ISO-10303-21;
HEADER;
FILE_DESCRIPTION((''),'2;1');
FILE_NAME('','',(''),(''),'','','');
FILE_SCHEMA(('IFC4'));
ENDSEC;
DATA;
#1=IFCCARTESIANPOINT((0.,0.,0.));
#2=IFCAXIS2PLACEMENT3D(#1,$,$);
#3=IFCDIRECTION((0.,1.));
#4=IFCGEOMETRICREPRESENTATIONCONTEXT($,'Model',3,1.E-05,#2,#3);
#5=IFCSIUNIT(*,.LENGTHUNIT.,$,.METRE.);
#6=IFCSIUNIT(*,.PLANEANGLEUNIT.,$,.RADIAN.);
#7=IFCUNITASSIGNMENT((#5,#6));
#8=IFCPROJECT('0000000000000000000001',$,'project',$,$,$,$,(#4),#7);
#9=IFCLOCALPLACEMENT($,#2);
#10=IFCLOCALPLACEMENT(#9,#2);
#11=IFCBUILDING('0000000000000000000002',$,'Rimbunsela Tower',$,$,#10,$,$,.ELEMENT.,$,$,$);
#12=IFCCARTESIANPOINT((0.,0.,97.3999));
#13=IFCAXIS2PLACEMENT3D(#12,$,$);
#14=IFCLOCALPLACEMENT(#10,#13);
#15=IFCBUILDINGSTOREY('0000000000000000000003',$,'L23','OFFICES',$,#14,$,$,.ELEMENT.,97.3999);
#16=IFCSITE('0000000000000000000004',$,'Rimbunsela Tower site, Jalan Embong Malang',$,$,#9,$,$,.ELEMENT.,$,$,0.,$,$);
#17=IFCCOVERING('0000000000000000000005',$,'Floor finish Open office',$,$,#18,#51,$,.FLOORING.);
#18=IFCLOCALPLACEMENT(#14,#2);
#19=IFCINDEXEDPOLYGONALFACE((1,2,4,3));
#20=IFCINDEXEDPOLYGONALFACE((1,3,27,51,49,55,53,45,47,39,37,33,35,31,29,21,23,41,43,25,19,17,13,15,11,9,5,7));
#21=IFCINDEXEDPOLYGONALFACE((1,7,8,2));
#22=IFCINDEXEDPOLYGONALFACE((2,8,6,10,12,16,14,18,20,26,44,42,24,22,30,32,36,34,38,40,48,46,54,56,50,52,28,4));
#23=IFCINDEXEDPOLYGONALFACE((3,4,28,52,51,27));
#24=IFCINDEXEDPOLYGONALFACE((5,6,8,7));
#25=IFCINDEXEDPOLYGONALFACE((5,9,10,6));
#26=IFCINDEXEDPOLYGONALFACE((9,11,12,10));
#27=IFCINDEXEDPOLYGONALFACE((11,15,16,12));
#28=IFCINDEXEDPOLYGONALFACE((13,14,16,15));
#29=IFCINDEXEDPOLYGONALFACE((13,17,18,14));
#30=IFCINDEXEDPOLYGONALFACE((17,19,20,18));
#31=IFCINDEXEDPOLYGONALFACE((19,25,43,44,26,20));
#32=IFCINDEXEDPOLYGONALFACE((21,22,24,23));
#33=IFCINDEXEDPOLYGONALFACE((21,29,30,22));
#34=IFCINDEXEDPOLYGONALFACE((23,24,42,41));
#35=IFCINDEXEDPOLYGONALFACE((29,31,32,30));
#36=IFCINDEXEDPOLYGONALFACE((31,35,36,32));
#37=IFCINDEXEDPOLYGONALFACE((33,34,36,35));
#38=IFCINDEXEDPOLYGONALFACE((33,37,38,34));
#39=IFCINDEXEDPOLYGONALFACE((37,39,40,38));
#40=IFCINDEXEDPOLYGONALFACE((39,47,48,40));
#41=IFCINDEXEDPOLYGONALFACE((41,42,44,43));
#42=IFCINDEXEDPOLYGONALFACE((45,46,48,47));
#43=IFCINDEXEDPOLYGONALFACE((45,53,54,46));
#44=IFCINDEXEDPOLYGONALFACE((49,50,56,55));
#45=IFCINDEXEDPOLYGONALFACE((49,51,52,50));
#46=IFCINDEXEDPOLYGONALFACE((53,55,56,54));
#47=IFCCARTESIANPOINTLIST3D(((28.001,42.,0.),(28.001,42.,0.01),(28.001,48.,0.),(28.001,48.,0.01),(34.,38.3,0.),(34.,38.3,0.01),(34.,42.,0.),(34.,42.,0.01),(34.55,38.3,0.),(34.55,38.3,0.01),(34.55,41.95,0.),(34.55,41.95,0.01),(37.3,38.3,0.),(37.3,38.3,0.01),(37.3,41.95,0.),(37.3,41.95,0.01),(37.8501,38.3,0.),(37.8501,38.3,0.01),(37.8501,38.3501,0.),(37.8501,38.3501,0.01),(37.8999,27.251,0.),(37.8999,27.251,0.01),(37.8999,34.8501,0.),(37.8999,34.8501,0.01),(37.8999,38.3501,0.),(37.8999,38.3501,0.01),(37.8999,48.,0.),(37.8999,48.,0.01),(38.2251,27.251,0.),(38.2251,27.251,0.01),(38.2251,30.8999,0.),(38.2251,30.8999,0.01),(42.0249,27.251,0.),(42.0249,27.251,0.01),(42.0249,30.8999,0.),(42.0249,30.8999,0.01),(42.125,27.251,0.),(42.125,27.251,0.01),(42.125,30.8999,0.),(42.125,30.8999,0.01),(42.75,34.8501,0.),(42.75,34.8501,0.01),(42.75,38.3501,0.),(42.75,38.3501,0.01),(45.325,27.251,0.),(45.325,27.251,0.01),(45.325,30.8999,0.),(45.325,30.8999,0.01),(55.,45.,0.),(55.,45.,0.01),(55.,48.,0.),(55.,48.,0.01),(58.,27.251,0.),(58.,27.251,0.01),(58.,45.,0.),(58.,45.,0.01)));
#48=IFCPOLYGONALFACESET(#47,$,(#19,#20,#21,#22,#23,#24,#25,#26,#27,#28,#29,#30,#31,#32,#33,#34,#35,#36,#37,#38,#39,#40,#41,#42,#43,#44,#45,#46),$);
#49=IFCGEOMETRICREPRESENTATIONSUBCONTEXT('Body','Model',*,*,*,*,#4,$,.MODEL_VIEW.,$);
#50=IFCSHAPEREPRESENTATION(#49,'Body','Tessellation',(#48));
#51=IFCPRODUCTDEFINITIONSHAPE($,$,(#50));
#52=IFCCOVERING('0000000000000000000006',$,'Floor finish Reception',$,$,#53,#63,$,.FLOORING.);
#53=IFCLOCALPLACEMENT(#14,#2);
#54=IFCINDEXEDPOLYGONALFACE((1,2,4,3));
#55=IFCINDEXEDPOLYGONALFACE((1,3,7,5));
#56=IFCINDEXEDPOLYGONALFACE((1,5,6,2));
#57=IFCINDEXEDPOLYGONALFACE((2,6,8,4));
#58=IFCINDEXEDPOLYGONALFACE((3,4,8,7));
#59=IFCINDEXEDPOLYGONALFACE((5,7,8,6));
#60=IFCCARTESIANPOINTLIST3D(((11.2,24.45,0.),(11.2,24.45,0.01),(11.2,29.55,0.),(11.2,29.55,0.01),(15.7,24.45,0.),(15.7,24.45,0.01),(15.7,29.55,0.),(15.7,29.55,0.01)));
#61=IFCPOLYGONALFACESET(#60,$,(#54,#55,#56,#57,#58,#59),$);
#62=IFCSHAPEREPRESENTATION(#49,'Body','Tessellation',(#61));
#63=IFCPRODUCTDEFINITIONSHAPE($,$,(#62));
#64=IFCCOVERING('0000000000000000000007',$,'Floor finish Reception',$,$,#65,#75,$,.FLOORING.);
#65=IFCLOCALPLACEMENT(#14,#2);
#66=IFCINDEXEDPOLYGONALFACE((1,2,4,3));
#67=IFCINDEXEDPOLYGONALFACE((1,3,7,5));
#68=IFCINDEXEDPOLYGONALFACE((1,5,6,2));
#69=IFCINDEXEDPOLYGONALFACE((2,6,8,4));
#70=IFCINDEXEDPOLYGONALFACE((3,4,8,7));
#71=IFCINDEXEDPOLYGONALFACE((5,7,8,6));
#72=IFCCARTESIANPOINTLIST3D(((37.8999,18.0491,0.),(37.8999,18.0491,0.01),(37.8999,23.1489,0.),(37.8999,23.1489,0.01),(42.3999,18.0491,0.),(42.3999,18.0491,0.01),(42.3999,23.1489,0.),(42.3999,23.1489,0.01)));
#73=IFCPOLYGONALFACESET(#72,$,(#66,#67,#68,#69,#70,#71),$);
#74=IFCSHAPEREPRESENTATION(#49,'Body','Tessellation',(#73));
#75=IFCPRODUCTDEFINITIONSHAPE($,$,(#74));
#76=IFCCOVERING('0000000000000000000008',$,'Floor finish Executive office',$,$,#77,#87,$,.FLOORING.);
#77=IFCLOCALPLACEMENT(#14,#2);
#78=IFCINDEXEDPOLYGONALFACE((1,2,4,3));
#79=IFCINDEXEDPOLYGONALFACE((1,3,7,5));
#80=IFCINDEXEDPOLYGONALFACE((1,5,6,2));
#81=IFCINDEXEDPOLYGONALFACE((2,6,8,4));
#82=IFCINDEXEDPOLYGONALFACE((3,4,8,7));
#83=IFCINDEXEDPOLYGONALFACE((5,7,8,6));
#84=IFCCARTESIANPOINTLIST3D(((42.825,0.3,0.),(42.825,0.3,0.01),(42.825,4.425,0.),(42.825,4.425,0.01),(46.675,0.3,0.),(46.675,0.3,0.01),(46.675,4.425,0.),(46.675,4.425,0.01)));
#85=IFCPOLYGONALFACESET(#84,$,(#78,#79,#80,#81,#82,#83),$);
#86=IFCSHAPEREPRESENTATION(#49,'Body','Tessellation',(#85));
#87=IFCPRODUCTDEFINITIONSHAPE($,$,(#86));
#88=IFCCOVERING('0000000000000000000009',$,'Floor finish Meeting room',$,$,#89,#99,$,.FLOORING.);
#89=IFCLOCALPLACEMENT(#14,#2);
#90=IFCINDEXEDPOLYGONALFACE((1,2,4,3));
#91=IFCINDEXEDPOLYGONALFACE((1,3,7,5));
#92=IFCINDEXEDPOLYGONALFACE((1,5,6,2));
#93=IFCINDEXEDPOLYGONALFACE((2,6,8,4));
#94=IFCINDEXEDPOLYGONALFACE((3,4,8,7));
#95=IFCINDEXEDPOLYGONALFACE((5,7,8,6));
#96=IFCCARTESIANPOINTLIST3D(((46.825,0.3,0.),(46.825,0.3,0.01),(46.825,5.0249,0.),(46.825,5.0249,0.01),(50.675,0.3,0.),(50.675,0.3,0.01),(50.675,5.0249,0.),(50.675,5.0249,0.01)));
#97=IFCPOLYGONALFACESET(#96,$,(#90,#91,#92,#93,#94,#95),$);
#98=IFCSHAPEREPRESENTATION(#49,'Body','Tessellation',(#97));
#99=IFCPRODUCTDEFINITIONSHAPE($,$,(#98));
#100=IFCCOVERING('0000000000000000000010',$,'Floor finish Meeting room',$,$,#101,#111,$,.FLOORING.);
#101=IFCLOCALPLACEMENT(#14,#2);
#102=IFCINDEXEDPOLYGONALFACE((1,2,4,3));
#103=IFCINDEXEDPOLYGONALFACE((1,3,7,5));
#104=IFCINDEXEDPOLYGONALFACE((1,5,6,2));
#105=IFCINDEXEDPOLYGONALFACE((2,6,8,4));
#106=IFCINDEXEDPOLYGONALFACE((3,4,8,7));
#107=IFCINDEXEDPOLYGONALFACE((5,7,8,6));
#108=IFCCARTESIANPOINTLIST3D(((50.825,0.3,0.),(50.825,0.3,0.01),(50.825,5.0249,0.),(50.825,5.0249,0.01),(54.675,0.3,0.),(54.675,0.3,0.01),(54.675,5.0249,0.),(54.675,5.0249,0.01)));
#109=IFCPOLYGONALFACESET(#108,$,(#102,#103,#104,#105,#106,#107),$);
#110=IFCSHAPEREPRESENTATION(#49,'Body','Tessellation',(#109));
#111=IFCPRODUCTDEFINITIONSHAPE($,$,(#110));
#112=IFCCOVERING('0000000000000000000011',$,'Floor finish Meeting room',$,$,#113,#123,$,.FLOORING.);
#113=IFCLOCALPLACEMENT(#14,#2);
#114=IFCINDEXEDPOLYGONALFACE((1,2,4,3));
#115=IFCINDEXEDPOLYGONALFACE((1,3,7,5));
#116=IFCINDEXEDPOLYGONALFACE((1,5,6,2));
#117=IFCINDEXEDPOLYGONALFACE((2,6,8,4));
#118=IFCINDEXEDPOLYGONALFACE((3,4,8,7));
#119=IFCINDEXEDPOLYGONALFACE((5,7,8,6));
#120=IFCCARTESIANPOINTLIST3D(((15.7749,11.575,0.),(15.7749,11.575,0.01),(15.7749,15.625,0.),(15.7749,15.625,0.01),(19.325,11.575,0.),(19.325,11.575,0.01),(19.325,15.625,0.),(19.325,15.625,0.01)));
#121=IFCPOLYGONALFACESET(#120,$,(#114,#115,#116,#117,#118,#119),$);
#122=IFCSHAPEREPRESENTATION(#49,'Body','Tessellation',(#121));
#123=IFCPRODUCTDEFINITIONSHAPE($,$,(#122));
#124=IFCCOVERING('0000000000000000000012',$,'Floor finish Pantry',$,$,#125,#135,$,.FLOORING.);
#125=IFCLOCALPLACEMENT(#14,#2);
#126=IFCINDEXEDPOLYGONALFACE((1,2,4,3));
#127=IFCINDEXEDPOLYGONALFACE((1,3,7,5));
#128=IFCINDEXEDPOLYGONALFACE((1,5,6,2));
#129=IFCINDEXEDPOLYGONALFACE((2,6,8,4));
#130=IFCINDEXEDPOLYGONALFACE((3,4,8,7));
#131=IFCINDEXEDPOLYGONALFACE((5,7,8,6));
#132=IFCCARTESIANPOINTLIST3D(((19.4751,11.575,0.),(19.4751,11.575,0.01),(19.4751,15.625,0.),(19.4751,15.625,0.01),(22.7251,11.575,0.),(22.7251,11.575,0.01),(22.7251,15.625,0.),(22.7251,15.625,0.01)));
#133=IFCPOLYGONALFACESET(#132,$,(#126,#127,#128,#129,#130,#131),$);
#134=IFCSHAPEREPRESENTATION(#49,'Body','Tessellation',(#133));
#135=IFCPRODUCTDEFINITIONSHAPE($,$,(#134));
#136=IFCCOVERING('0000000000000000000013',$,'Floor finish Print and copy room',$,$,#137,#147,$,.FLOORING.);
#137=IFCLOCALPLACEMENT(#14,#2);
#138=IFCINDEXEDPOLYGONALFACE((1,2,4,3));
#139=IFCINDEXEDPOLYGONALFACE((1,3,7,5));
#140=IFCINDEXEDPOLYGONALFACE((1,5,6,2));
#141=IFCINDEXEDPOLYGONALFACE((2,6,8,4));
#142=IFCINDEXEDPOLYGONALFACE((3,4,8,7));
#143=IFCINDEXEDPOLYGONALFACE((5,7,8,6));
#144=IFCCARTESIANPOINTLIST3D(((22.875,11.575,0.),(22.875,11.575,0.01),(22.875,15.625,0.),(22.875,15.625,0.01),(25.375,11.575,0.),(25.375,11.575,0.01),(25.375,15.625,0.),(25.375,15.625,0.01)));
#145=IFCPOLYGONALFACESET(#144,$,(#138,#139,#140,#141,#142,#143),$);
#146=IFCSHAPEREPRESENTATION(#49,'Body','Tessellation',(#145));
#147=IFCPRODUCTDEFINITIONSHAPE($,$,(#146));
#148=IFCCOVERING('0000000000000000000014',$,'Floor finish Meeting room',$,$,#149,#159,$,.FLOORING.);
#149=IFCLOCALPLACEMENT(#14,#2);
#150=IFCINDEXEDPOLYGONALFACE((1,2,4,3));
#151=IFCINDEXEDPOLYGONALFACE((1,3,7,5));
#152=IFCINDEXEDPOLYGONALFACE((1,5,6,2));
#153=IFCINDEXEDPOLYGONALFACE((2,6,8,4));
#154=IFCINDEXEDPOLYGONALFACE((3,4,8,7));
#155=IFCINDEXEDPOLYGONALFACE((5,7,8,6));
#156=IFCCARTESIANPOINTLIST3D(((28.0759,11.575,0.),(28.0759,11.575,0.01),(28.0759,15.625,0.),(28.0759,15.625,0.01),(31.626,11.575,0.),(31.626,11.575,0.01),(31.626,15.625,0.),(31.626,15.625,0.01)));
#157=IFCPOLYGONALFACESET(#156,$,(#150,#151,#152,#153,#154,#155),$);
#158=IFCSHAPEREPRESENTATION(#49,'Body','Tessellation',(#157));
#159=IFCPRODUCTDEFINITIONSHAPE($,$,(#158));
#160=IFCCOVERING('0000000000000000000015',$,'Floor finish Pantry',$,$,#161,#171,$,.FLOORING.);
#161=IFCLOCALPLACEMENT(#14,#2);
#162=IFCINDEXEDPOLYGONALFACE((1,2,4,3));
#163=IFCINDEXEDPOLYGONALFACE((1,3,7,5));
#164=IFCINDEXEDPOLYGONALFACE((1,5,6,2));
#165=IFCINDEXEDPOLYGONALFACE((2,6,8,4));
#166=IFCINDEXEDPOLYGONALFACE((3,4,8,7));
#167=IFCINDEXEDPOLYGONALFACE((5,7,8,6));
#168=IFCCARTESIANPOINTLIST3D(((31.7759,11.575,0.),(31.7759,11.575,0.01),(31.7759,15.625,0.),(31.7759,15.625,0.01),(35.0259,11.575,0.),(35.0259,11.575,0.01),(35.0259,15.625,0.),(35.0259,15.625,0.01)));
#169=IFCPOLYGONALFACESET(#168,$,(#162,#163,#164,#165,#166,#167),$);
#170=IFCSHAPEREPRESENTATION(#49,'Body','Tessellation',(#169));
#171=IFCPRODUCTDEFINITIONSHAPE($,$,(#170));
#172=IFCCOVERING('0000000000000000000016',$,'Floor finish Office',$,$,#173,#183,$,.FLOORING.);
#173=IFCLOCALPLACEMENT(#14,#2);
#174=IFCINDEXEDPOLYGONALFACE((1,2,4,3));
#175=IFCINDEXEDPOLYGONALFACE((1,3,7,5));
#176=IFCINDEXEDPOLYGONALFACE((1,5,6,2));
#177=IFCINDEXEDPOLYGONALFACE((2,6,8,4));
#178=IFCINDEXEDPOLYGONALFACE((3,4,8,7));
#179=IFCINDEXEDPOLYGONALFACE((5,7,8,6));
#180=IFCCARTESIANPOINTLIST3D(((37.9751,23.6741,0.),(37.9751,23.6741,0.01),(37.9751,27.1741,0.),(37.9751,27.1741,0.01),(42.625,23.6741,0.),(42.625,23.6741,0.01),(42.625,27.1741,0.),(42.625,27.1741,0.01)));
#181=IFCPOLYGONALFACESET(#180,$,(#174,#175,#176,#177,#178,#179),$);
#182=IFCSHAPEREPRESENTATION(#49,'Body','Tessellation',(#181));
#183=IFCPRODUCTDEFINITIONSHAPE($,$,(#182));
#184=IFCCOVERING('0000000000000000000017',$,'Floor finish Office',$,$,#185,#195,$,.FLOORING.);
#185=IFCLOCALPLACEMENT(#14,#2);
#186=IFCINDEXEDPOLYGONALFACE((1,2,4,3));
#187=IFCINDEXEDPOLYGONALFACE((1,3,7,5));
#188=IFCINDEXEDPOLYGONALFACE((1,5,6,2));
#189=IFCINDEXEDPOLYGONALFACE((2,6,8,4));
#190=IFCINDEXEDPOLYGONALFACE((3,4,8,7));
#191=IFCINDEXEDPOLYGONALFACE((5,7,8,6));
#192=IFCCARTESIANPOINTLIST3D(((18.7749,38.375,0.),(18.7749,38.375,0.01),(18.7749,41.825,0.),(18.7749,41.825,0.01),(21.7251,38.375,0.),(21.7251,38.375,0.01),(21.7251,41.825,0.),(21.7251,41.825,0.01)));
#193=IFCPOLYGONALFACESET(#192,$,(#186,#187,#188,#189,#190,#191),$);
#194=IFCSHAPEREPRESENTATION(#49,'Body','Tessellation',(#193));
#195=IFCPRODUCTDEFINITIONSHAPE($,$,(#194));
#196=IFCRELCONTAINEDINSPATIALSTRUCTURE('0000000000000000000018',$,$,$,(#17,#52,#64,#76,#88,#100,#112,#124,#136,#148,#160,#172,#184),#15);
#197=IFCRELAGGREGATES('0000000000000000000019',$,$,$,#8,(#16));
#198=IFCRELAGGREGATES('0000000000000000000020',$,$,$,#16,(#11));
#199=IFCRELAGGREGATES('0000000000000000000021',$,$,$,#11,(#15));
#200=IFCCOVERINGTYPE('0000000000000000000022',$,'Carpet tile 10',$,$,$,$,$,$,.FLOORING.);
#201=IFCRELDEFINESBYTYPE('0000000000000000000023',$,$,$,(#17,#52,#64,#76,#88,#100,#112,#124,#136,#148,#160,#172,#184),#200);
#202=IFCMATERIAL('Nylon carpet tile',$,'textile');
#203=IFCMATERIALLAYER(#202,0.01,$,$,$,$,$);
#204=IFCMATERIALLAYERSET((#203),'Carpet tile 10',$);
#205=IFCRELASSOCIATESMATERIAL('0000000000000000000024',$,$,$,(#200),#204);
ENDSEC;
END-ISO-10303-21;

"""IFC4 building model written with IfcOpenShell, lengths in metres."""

from ifc_helpers import new_model, si_unit, direction, frame, origin, place, context, subcontext, project, spatial, polyline, outline, extrude, material, layer, layer_set, type_object, element, save


model = new_model("IFC4")

# Units and contexts
model_context = context("Model", 3, precision=1e-05, world=origin(), true_north=direction((0.0, 1.0)))
body_context = subcontext(model_context, "Body", "Model", "MODEL_VIEW")
ifc_project = project(units=[si_unit("LENGTHUNIT", "METRE"), si_unit("PLANEANGLEUNIT", "RADIAN")], contexts=[model_context])

# Site, building, storey
site_placement = place(None, origin())
site = spatial("IfcSite", under=ifc_project, at=site_placement, Name="Rimbunsela Tower site, Jalan Embong Malang", CompositionType="ELEMENT", RefElevation=0.0)
building_placement = place(site_placement, origin())
building = spatial("IfcBuilding", under=site, at=building_placement, Name="Rimbunsela Tower", CompositionType="ELEMENT")
storey_placement = place(building_placement, frame((0.0, 0.0, 97.3999)))
storey = spatial("IfcBuildingStorey", under=building, at=storey_placement, Name="L23", Description="OFFICES", CompositionType="ELEMENT", Elevation=97.3999)

# Coverings
ifc_material_1 = material(Name="Nylon carpet tile", Category="textile")
ifc_layer_1 = layer(ifc_material_1, 0.01)
ifc_layer_set_1 = layer_set([ifc_layer_1], Name="Carpet tile 10")
covering_type_1 = type_object("IfcCoveringType", Name="Carpet tile 10", PredefinedType="FLOORING", material=ifc_layer_set_1)
covering_1_placement = place(storey_placement, origin())
element("IfcCovering", 1, at=covering_1_placement, inside=storey, type_object=covering_type_1, Name="Floor finish Open office", PredefinedType="FLOORING", context=body_context, shape_type="SweptSolid", body=[
    extrude(outline(polyline([(58.0, 27.251), (45.325, 27.251), (45.325, 30.8999), (42.125, 30.8999), (42.125, 27.251), (42.0249, 27.251), (42.0249, 30.8999), (38.2251, 30.8999), (38.2251, 27.251), (37.8999, 27.251), (37.8999, 34.8501), (42.75, 34.8501), (42.75, 38.3501), (37.8999, 38.3501), (37.8501, 38.3501), (37.8501, 38.3), (37.3, 38.3), (37.3, 41.95), (34.55, 41.95), (34.55, 38.3), (34.0, 38.3), (34.0, 42.0), (28.001, 42.0), (28.001, 48.0), (37.8999, 48.0), (55.0, 48.0), (55.0, 45.0), (58.0, 45.0), (58.0, 27.251)])), origin(), (0.0, 0.0, 1.0), 0.01),
])
covering_2_placement = place(storey_placement, origin())
element("IfcCovering", 2, at=covering_2_placement, inside=storey, type_object=covering_type_1, Name="Floor finish Reception", PredefinedType="FLOORING", context=body_context, shape_type="SweptSolid", body=[
    extrude(outline(polyline([(15.7, 24.45), (15.7, 29.55), (11.2, 29.55), (11.2, 24.45), (15.7, 24.45)])), origin(), (0.0, 0.0, 1.0), 0.01),
])
covering_3_placement = place(storey_placement, origin())
element("IfcCovering", 3, at=covering_3_placement, inside=storey, type_object=covering_type_1, Name="Floor finish Reception", PredefinedType="FLOORING", context=body_context, shape_type="SweptSolid", body=[
    extrude(outline(polyline([(42.3999, 18.0491), (42.3999, 23.1489), (37.8999, 23.1489), (37.8999, 18.0491), (42.3999, 18.0491)])), origin(), (0.0, 0.0, 1.0), 0.01),
])
covering_4_placement = place(storey_placement, origin())
element("IfcCovering", 4, at=covering_4_placement, inside=storey, type_object=covering_type_1, Name="Floor finish Executive office", PredefinedType="FLOORING", context=body_context, shape_type="SweptSolid", body=[
    extrude(outline(polyline([(46.675, 0.3), (46.675, 4.425), (42.825, 4.425), (42.825, 0.3), (46.675, 0.3)])), origin(), (0.0, 0.0, 1.0), 0.01),
])
covering_5_placement = place(storey_placement, origin())
element("IfcCovering", 5, at=covering_5_placement, inside=storey, type_object=covering_type_1, Name="Floor finish Meeting room", PredefinedType="FLOORING", context=body_context, shape_type="SweptSolid", body=[
    extrude(outline(polyline([(50.675, 0.3), (50.675, 5.0249), (46.825, 5.0249), (46.825, 0.3), (50.675, 0.3)])), origin(), (0.0, 0.0, 1.0), 0.01),
])
covering_6_placement = place(storey_placement, origin())
element("IfcCovering", 6, at=covering_6_placement, inside=storey, type_object=covering_type_1, Name="Floor finish Meeting room", PredefinedType="FLOORING", context=body_context, shape_type="SweptSolid", body=[
    extrude(outline(polyline([(54.675, 0.3), (54.675, 5.0249), (50.825, 5.0249), (50.825, 0.3), (54.675, 0.3)])), origin(), (0.0, 0.0, 1.0), 0.01),
])
covering_7_placement = place(storey_placement, origin())
element("IfcCovering", 7, at=covering_7_placement, inside=storey, type_object=covering_type_1, Name="Floor finish Meeting room", PredefinedType="FLOORING", context=body_context, shape_type="SweptSolid", body=[
    extrude(outline(polyline([(19.325, 11.575), (19.325, 15.625), (15.7749, 15.625), (15.7749, 11.575), (19.325, 11.575)])), origin(), (0.0, 0.0, 1.0), 0.01),
])
covering_8_placement = place(storey_placement, origin())
element("IfcCovering", 8, at=covering_8_placement, inside=storey, type_object=covering_type_1, Name="Floor finish Pantry", PredefinedType="FLOORING", context=body_context, shape_type="SweptSolid", body=[
    extrude(outline(polyline([(22.7251, 11.575), (22.7251, 15.625), (19.4751, 15.625), (19.4751, 11.575), (22.7251, 11.575)])), origin(), (0.0, 0.0, 1.0), 0.01),
])
covering_9_placement = place(storey_placement, origin())
element("IfcCovering", 9, at=covering_9_placement, inside=storey, type_object=covering_type_1, Name="Floor finish Print and copy room", PredefinedType="FLOORING", context=body_context, shape_type="SweptSolid", body=[
    extrude(outline(polyline([(25.375, 11.575), (25.375, 15.625), (22.875, 15.625), (22.875, 11.575), (25.375, 11.575)])), origin(), (0.0, 0.0, 1.0), 0.01),
])
covering_10_placement = place(storey_placement, origin())
element("IfcCovering", 10, at=covering_10_placement, inside=storey, type_object=covering_type_1, Name="Floor finish Meeting room", PredefinedType="FLOORING", context=body_context, shape_type="SweptSolid", body=[
    extrude(outline(polyline([(31.626, 11.575), (31.626, 15.625), (28.0759, 15.625), (28.0759, 11.575), (31.626, 11.575)])), origin(), (0.0, 0.0, 1.0), 0.01),
])
covering_11_placement = place(storey_placement, origin())
element("IfcCovering", 11, at=covering_11_placement, inside=storey, type_object=covering_type_1, Name="Floor finish Pantry", PredefinedType="FLOORING", context=body_context, shape_type="SweptSolid", body=[
    extrude(outline(polyline([(35.0259, 11.575), (35.0259, 15.625), (31.7759, 15.625), (31.7759, 11.575), (35.0259, 11.575)])), origin(), (0.0, 0.0, 1.0), 0.01),
])
covering_12_placement = place(storey_placement, origin())
element("IfcCovering", 12, at=covering_12_placement, inside=storey, type_object=covering_type_1, Name="Floor finish Office", PredefinedType="FLOORING", context=body_context, shape_type="SweptSolid", body=[
    extrude(outline(polyline([(42.625, 23.6741), (42.625, 27.1741), (37.9751, 27.1741), (37.9751, 23.6741), (42.625, 23.6741)])), origin(), (0.0, 0.0, 1.0), 0.01),
])
covering_13_placement = place(storey_placement, origin())
element("IfcCovering", 13, at=covering_13_placement, inside=storey, type_object=covering_type_1, Name="Floor finish Office", PredefinedType="FLOORING", context=body_context, shape_type="SweptSolid", body=[
    extrude(outline(polyline([(21.7251, 38.375), (21.7251, 41.825), (18.7749, 41.825), (18.7749, 38.375), (21.7251, 38.375)])), origin(), (0.0, 0.0, 1.0), 0.01),
])

save(model, "model.ifc")
